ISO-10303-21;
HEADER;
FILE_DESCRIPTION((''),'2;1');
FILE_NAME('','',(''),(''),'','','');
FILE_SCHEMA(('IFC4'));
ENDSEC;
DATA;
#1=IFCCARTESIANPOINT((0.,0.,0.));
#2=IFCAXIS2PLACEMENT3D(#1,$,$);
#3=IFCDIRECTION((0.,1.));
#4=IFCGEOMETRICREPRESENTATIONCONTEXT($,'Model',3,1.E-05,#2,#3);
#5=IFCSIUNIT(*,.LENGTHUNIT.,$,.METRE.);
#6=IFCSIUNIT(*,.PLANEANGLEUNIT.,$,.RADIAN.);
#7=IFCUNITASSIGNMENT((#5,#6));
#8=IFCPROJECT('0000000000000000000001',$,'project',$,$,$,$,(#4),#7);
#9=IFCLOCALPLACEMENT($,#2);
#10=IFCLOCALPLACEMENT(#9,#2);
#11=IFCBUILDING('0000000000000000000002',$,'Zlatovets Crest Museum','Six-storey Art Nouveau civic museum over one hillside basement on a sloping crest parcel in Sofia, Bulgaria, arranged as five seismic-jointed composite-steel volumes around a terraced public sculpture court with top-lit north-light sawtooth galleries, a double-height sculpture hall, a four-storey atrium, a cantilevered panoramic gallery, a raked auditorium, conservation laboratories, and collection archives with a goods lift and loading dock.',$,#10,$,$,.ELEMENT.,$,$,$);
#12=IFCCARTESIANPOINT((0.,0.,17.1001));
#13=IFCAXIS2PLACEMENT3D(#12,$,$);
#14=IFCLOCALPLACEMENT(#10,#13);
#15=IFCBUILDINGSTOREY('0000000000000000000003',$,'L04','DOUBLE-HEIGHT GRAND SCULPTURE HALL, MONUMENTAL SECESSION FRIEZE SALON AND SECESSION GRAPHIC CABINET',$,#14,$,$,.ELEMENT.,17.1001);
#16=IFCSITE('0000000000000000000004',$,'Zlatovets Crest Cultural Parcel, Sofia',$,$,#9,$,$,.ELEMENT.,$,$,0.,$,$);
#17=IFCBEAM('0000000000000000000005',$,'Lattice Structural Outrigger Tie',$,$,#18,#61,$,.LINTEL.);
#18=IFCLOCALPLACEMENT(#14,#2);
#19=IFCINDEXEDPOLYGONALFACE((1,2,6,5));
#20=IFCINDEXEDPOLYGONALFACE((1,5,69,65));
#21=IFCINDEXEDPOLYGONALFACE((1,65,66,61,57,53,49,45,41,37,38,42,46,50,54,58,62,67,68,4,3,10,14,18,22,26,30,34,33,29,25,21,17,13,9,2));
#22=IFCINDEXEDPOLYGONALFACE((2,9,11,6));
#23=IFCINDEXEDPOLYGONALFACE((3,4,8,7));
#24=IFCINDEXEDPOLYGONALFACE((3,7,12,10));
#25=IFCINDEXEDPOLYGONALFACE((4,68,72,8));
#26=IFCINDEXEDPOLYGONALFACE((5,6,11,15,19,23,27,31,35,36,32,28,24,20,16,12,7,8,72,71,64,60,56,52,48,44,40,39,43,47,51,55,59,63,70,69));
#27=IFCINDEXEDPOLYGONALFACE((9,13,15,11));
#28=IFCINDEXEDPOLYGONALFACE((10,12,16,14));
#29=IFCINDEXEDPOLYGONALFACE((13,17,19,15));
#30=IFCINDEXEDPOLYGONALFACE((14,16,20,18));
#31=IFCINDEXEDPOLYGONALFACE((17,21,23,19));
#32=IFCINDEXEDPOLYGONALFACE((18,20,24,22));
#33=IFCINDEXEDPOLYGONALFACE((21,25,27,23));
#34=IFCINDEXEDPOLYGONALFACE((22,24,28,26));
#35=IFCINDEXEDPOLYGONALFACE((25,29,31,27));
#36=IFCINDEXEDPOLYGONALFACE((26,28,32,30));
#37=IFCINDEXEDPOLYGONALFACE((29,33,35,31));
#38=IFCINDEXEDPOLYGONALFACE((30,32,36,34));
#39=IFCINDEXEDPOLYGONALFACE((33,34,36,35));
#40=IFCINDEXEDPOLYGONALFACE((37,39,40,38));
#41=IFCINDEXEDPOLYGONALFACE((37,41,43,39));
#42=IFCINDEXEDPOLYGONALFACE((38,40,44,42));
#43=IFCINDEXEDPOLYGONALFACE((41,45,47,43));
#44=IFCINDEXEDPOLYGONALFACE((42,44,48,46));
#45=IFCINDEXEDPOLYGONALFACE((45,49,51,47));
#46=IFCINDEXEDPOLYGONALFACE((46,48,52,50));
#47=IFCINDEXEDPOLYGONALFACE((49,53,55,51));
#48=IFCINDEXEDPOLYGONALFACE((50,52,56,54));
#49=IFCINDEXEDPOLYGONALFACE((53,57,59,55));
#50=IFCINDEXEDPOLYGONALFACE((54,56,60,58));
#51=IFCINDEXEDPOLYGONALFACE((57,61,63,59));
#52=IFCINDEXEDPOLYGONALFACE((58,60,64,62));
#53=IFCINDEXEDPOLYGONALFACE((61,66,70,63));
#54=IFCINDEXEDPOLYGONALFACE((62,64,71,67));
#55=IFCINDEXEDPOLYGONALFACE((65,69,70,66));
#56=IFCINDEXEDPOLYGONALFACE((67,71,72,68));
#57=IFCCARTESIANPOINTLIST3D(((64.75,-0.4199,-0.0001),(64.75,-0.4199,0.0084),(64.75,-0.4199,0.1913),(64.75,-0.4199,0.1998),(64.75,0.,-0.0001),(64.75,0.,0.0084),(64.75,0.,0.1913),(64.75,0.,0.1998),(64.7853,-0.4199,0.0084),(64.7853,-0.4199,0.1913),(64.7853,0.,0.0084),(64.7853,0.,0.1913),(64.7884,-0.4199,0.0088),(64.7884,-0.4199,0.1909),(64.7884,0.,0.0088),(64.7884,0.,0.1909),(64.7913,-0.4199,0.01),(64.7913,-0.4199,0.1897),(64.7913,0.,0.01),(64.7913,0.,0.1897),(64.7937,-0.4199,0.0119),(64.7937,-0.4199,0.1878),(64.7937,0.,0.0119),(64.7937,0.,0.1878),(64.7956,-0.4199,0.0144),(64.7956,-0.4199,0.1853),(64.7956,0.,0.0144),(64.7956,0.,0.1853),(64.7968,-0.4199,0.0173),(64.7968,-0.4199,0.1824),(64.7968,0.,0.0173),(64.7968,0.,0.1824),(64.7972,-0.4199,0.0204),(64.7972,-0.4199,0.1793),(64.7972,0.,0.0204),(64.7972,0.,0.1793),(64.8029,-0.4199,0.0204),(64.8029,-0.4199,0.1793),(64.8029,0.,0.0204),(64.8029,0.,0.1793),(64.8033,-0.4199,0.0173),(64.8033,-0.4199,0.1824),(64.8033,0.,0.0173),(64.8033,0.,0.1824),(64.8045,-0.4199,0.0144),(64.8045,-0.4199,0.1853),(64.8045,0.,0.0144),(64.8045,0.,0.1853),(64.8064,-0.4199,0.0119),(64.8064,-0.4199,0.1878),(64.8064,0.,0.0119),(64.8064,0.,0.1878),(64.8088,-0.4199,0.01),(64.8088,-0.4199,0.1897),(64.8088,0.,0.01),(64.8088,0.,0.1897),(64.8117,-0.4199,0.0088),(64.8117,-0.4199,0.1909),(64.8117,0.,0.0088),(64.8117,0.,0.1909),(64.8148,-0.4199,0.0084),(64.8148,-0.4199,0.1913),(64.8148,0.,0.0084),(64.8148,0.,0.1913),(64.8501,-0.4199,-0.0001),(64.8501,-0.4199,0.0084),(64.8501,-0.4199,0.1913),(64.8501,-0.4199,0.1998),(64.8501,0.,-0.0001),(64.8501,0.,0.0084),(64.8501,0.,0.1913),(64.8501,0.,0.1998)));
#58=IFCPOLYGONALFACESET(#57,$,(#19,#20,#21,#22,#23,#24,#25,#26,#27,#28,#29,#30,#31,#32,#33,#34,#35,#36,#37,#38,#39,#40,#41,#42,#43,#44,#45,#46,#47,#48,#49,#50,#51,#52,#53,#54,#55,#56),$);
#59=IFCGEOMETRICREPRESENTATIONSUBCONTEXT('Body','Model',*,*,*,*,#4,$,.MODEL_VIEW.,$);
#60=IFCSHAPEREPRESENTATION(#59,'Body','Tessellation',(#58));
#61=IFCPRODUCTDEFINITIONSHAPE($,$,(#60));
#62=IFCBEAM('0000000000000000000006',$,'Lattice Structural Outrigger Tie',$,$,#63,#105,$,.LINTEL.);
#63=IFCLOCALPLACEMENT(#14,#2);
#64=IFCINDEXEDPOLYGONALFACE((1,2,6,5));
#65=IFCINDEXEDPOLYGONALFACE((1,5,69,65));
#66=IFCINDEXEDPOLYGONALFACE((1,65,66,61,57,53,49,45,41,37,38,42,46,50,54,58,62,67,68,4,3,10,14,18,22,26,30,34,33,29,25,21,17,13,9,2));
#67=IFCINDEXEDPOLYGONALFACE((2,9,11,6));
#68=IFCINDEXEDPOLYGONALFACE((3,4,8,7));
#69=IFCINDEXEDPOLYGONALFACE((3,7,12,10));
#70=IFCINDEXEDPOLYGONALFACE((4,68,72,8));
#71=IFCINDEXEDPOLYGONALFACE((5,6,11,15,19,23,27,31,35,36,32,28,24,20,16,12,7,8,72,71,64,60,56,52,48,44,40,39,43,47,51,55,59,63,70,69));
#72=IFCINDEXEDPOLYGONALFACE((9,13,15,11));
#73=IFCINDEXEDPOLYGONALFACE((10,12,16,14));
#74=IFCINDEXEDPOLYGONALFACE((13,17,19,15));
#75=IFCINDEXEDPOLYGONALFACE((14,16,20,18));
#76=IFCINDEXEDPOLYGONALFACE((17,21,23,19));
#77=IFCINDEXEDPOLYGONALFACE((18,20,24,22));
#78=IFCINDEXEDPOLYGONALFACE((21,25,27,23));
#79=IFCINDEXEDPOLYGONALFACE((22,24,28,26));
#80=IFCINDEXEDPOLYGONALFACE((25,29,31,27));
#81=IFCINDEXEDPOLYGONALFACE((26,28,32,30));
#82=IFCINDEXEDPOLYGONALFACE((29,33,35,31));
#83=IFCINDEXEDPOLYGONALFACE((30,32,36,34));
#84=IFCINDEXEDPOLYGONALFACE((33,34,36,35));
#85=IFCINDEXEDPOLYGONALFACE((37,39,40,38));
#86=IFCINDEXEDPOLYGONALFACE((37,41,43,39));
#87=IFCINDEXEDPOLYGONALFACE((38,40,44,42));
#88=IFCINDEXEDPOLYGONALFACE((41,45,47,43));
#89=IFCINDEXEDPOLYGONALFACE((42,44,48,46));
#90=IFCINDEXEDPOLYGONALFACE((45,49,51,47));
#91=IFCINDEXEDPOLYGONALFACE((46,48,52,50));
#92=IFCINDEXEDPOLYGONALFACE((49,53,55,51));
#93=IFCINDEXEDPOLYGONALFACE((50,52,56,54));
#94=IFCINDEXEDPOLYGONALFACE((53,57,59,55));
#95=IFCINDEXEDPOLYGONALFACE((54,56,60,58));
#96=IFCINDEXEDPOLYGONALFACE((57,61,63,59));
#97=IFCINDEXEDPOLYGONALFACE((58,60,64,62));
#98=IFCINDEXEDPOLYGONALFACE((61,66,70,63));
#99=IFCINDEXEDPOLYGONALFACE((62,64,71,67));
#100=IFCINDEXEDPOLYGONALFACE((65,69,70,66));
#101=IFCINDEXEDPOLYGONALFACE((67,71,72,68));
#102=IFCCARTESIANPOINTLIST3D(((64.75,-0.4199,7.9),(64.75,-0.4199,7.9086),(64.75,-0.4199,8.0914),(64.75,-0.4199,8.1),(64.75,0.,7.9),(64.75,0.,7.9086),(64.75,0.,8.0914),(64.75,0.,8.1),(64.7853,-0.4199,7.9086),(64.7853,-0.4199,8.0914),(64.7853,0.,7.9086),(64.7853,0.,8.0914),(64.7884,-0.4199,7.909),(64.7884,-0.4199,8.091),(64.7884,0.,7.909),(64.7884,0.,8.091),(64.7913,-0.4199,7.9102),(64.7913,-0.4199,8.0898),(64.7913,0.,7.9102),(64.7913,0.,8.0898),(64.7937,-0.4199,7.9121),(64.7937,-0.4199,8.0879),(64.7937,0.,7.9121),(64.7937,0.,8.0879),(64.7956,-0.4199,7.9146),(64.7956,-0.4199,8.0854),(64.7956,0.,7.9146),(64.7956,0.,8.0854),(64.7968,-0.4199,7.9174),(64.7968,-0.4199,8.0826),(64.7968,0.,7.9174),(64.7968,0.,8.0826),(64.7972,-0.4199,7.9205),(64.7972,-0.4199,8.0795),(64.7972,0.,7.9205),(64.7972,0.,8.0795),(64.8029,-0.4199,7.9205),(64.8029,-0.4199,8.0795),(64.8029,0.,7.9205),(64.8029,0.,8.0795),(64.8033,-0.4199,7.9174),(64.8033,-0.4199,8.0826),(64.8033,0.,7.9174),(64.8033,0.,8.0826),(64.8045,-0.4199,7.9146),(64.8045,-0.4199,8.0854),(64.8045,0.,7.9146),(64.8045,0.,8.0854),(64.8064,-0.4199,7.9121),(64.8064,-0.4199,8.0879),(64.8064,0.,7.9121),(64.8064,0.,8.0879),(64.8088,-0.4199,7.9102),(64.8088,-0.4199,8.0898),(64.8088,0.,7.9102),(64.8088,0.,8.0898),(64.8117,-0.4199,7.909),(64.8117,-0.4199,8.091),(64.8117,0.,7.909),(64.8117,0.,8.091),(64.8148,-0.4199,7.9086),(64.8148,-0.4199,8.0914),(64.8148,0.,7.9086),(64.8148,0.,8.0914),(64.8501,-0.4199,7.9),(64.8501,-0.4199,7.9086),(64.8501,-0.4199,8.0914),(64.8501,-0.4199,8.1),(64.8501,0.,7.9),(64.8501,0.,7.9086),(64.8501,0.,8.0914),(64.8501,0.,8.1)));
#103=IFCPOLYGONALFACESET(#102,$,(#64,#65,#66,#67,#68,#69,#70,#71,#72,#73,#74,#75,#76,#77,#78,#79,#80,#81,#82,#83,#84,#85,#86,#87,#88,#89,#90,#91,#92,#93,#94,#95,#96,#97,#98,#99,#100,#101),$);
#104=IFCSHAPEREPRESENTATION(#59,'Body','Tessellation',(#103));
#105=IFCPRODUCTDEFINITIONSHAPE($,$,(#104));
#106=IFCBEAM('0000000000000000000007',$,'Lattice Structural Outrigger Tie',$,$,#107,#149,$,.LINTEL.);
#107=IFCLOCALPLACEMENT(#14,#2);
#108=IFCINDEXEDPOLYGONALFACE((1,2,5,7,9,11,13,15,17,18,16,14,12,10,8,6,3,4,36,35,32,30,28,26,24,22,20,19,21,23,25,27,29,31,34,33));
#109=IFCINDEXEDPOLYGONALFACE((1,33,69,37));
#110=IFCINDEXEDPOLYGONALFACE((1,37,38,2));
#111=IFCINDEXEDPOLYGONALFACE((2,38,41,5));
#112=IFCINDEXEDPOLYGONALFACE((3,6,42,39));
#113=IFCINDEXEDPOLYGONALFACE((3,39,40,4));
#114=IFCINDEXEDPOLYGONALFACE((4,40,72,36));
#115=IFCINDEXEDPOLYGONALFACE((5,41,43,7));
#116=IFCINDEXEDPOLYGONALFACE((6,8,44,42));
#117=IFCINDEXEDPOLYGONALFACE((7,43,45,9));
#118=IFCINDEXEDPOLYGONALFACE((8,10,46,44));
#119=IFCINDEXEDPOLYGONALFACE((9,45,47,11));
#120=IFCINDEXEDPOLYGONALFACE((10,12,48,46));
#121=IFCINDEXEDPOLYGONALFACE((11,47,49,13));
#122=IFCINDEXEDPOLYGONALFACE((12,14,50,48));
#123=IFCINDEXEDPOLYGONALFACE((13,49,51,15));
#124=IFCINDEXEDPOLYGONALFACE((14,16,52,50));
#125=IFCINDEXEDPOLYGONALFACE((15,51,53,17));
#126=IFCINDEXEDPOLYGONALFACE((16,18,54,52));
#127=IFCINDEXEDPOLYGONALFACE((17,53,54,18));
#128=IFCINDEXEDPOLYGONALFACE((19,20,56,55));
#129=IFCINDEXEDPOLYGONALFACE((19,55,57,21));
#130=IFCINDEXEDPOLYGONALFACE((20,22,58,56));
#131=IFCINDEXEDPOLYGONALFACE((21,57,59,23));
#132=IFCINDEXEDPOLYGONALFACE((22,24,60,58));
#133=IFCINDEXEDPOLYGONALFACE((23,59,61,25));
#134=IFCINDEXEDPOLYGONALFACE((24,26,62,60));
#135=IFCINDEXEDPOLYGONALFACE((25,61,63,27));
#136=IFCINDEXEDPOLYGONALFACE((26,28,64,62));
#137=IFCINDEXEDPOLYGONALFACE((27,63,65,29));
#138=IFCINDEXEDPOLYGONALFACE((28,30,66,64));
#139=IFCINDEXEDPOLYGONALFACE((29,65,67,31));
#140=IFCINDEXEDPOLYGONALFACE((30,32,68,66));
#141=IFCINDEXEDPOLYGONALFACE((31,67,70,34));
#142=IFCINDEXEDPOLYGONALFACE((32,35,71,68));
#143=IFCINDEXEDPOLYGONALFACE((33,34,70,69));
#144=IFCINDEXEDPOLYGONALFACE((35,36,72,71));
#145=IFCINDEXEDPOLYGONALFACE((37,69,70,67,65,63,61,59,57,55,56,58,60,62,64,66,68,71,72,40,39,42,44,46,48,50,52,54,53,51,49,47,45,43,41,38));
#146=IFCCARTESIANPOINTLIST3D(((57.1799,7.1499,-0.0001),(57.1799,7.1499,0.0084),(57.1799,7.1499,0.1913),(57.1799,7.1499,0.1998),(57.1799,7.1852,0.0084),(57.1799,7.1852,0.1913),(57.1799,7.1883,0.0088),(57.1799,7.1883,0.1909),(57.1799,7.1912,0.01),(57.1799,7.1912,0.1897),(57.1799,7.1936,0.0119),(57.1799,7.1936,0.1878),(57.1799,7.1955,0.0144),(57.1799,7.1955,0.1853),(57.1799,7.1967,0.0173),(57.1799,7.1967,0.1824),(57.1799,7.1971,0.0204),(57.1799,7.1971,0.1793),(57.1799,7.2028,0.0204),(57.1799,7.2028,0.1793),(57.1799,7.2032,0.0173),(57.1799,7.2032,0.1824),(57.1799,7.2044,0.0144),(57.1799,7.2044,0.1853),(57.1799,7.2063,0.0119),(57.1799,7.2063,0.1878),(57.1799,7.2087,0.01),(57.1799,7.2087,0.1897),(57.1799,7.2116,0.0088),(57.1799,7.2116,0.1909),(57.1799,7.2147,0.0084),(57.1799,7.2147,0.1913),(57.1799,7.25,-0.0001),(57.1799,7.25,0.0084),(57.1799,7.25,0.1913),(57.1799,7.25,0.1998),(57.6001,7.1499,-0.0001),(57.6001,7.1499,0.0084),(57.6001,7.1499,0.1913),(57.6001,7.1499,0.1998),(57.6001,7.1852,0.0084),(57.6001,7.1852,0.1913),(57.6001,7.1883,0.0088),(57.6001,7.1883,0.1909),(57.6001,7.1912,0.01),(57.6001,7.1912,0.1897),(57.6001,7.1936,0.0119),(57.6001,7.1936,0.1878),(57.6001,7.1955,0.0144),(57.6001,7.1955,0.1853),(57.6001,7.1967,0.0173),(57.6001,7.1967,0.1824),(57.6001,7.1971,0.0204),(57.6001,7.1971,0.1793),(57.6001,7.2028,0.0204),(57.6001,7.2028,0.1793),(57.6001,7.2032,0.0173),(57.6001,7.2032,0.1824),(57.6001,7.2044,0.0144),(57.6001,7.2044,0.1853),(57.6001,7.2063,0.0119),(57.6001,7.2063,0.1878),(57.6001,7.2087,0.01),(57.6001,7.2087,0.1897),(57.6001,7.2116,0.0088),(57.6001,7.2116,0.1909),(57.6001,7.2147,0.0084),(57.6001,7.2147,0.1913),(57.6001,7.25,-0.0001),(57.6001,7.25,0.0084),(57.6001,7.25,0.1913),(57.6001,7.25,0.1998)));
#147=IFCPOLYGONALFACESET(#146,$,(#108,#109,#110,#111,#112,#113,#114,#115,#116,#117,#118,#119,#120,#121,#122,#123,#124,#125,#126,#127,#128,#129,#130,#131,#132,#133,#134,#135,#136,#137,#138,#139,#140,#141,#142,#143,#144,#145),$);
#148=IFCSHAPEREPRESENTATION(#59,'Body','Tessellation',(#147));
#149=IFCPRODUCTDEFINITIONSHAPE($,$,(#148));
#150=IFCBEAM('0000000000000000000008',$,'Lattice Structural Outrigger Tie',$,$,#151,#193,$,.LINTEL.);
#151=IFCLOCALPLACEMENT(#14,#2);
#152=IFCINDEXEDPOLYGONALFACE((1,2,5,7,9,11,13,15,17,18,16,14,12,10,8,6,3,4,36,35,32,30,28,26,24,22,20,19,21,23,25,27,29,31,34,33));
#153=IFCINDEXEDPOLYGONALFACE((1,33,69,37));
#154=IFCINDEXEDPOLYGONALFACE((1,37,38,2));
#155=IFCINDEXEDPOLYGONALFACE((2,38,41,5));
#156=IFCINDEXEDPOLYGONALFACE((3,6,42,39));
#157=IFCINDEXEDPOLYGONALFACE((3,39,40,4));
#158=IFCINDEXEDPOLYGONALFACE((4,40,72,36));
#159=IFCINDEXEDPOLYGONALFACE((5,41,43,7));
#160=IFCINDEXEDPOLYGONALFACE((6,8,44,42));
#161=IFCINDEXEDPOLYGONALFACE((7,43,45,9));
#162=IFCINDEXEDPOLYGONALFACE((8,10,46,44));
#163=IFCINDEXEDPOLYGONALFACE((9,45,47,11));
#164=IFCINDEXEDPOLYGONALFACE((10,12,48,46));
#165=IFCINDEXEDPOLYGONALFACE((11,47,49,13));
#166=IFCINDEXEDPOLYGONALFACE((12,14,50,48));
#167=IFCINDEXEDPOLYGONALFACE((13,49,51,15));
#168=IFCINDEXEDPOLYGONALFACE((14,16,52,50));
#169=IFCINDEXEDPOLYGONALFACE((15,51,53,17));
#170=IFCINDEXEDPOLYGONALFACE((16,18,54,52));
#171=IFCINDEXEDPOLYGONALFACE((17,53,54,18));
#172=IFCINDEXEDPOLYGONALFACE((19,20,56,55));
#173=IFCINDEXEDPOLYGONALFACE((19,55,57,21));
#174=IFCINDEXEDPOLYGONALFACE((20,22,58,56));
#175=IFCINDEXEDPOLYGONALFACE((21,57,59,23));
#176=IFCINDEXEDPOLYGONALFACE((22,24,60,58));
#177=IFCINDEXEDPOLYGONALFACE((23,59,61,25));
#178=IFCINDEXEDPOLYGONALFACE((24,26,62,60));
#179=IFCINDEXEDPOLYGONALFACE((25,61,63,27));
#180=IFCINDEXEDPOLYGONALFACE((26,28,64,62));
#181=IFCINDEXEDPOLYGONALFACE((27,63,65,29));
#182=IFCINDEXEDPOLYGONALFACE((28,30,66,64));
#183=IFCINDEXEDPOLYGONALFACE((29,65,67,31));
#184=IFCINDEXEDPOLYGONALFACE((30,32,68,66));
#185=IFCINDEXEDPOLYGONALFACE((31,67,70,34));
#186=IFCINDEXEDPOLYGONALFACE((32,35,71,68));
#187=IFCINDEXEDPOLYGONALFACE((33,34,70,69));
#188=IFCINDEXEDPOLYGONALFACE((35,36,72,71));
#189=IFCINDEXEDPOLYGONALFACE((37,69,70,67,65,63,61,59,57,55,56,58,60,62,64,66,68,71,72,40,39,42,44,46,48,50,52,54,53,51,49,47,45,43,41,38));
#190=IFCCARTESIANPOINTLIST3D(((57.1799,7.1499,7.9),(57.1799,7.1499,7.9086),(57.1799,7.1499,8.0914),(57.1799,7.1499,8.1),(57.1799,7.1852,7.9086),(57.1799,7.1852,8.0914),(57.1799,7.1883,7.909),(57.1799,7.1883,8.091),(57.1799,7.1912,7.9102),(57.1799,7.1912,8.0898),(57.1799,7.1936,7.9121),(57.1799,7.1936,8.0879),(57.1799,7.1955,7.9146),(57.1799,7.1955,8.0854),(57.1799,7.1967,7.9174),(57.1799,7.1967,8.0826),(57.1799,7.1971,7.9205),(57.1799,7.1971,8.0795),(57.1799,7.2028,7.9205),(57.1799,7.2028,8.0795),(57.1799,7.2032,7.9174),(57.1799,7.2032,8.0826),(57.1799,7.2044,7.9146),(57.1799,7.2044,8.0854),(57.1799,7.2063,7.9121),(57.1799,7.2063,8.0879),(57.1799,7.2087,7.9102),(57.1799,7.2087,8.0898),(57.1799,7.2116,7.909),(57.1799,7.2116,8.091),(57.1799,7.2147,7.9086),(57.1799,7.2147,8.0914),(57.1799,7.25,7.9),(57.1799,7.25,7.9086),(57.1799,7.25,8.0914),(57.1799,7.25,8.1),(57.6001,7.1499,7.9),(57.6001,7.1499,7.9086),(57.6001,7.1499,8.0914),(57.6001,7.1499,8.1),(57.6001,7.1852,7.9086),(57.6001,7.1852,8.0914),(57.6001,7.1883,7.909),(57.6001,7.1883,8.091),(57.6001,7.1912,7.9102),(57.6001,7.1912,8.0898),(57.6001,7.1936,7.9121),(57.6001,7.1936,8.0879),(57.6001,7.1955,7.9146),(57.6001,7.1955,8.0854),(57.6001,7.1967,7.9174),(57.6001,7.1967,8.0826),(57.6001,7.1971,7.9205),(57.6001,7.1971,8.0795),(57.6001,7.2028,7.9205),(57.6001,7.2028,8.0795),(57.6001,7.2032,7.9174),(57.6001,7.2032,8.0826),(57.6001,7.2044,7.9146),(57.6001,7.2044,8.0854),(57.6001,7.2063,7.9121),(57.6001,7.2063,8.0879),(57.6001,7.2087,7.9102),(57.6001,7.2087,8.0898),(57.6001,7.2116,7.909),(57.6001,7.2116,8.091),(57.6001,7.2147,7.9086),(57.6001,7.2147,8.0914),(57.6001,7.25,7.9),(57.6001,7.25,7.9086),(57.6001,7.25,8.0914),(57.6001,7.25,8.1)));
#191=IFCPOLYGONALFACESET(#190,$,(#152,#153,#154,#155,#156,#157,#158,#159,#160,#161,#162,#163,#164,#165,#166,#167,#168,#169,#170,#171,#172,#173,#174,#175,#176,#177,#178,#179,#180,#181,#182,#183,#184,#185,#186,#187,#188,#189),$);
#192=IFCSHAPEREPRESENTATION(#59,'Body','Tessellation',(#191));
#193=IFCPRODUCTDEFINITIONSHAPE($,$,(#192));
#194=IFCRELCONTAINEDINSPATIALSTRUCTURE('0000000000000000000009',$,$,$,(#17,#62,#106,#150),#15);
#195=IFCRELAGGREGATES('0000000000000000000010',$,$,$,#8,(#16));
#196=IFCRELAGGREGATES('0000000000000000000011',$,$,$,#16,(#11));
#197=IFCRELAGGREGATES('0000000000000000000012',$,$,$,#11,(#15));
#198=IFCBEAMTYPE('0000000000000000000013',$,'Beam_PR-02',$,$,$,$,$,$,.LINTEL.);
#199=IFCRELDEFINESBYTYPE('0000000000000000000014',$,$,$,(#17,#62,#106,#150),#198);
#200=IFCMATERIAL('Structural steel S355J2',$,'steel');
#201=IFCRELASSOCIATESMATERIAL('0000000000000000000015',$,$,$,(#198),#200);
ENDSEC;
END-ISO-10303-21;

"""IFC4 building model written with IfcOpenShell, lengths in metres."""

from ifc_helpers import new_model, si_unit, direction, frame, origin, origin_2d, place, context, subcontext, project, spatial, i_section, extrude, material, material_profile, profile_set, type_object, element, save


model = new_model("IFC4")

# Units and contexts
model_context = context("Model", 3, precision=1e-05, world=origin(), true_north=direction((0.0, 1.0)))
body_context = subcontext(model_context, "Body", "Model", "MODEL_VIEW")
ifc_project = project(units=[si_unit("LENGTHUNIT", "METRE"), si_unit("PLANEANGLEUNIT", "RADIAN")], contexts=[model_context])

# Site, building, storey
site_placement = place(None, origin())
site = spatial("IfcSite", under=ifc_project, at=site_placement, Name="Zlatovets Crest Cultural Parcel, Sofia", CompositionType="ELEMENT", RefElevation=0.0)
building_placement = place(site_placement, origin())
building = spatial("IfcBuilding", under=site, at=building_placement, Name="Zlatovets Crest Museum", Description="Six-storey Art Nouveau civic museum over one hillside basement on a sloping crest parcel in Sofia, Bulgaria, arranged as five seismic-jointed composite-steel volumes around a terraced public sculpture court with top-lit north-light sawtooth galleries, a double-height sculpture hall, a four-storey atrium, a cantilevered panoramic gallery, a raked auditorium, conservation laboratories, and collection archives with a goods lift and loading dock.", CompositionType="ELEMENT")
storey_placement = place(building_placement, frame((0.0, 0.0, 17.1001)))
storey = spatial("IfcBuildingStorey", under=building, at=storey_placement, Name="L04", Description="DOUBLE-HEIGHT GRAND SCULPTURE HALL, MONUMENTAL SECESSION FRIEZE SALON AND SECESSION GRAPHIC CABINET", CompositionType="ELEMENT", Elevation=17.1001)

# Shared definitions
ifc_material_1 = material(Name="Structural steel S355J2", Category="steel")

# Beams
ifc_material_profile_1 = material_profile(ifc_material_1, i_section(OverallWidth=0.1001, OverallDepth=0.2, WebThickness=0.0056, FlangeThickness=0.0085, FilletRadius=0.012, at=origin_2d()), Name="IPE 200")
ifc_profile_set_1 = profile_set([ifc_material_profile_1], Name="Structural steel S355J2")
beam_type_1 = type_object("IfcBeamType", Name="Beam_PR-02", PredefinedType="LINTEL", material=ifc_profile_set_1)
for number, where, z_axis, x_axis, name in (
    (1, (64.8, 0.0, 0.0999), (0.0, -1.0, 0.0), (1.0, 0.0, 0.0), "Lattice Structural Outrigger Tie"),
    (2, (64.8, 0.0, 8.0), (0.0, -1.0, 0.0), (1.0, 0.0, 0.0), "Lattice Structural Outrigger Tie"),
):
    element("IfcBeam", number, at=place(storey_placement, frame(where, z_axis=z_axis, x_axis=x_axis)), inside=storey, type_object=beam_type_1, Name=name, PredefinedType="LINTEL", context=body_context, shape_type="SweptSolid", body=[
        extrude(i_section(OverallWidth=0.1001, OverallDepth=0.2, WebThickness=0.0056, FlangeThickness=0.0085, FilletRadius=0.012, at=origin_2d()), origin(), (0.0, 0.0, 1.0), 0.4199),
    ])
for number, where, z_axis, x_axis, name in (
    (3, (57.6001, 7.2, 0.0999), (-1.0, 0.0, 0.0), (0.0, -1.0, 0.0), "Lattice Structural Outrigger Tie"),
    (4, (57.6001, 7.2, 8.0), (-1.0, 0.0, 0.0), (0.0, -1.0, 0.0), "Lattice Structural Outrigger Tie"),
):
    element("IfcBeam", number, at=place(storey_placement, frame(where, z_axis=z_axis, x_axis=x_axis)), inside=storey, type_object=beam_type_1, Name=name, PredefinedType="LINTEL", context=body_context, shape_type="SweptSolid", body=[
        extrude(i_section(OverallWidth=0.1001, OverallDepth=0.2, WebThickness=0.0056, FlangeThickness=0.0085, FilletRadius=0.012, at=origin_2d()), origin(), (0.0, 0.0, 1.0), 0.4202),
    ])

save(model, "model.ifc")
